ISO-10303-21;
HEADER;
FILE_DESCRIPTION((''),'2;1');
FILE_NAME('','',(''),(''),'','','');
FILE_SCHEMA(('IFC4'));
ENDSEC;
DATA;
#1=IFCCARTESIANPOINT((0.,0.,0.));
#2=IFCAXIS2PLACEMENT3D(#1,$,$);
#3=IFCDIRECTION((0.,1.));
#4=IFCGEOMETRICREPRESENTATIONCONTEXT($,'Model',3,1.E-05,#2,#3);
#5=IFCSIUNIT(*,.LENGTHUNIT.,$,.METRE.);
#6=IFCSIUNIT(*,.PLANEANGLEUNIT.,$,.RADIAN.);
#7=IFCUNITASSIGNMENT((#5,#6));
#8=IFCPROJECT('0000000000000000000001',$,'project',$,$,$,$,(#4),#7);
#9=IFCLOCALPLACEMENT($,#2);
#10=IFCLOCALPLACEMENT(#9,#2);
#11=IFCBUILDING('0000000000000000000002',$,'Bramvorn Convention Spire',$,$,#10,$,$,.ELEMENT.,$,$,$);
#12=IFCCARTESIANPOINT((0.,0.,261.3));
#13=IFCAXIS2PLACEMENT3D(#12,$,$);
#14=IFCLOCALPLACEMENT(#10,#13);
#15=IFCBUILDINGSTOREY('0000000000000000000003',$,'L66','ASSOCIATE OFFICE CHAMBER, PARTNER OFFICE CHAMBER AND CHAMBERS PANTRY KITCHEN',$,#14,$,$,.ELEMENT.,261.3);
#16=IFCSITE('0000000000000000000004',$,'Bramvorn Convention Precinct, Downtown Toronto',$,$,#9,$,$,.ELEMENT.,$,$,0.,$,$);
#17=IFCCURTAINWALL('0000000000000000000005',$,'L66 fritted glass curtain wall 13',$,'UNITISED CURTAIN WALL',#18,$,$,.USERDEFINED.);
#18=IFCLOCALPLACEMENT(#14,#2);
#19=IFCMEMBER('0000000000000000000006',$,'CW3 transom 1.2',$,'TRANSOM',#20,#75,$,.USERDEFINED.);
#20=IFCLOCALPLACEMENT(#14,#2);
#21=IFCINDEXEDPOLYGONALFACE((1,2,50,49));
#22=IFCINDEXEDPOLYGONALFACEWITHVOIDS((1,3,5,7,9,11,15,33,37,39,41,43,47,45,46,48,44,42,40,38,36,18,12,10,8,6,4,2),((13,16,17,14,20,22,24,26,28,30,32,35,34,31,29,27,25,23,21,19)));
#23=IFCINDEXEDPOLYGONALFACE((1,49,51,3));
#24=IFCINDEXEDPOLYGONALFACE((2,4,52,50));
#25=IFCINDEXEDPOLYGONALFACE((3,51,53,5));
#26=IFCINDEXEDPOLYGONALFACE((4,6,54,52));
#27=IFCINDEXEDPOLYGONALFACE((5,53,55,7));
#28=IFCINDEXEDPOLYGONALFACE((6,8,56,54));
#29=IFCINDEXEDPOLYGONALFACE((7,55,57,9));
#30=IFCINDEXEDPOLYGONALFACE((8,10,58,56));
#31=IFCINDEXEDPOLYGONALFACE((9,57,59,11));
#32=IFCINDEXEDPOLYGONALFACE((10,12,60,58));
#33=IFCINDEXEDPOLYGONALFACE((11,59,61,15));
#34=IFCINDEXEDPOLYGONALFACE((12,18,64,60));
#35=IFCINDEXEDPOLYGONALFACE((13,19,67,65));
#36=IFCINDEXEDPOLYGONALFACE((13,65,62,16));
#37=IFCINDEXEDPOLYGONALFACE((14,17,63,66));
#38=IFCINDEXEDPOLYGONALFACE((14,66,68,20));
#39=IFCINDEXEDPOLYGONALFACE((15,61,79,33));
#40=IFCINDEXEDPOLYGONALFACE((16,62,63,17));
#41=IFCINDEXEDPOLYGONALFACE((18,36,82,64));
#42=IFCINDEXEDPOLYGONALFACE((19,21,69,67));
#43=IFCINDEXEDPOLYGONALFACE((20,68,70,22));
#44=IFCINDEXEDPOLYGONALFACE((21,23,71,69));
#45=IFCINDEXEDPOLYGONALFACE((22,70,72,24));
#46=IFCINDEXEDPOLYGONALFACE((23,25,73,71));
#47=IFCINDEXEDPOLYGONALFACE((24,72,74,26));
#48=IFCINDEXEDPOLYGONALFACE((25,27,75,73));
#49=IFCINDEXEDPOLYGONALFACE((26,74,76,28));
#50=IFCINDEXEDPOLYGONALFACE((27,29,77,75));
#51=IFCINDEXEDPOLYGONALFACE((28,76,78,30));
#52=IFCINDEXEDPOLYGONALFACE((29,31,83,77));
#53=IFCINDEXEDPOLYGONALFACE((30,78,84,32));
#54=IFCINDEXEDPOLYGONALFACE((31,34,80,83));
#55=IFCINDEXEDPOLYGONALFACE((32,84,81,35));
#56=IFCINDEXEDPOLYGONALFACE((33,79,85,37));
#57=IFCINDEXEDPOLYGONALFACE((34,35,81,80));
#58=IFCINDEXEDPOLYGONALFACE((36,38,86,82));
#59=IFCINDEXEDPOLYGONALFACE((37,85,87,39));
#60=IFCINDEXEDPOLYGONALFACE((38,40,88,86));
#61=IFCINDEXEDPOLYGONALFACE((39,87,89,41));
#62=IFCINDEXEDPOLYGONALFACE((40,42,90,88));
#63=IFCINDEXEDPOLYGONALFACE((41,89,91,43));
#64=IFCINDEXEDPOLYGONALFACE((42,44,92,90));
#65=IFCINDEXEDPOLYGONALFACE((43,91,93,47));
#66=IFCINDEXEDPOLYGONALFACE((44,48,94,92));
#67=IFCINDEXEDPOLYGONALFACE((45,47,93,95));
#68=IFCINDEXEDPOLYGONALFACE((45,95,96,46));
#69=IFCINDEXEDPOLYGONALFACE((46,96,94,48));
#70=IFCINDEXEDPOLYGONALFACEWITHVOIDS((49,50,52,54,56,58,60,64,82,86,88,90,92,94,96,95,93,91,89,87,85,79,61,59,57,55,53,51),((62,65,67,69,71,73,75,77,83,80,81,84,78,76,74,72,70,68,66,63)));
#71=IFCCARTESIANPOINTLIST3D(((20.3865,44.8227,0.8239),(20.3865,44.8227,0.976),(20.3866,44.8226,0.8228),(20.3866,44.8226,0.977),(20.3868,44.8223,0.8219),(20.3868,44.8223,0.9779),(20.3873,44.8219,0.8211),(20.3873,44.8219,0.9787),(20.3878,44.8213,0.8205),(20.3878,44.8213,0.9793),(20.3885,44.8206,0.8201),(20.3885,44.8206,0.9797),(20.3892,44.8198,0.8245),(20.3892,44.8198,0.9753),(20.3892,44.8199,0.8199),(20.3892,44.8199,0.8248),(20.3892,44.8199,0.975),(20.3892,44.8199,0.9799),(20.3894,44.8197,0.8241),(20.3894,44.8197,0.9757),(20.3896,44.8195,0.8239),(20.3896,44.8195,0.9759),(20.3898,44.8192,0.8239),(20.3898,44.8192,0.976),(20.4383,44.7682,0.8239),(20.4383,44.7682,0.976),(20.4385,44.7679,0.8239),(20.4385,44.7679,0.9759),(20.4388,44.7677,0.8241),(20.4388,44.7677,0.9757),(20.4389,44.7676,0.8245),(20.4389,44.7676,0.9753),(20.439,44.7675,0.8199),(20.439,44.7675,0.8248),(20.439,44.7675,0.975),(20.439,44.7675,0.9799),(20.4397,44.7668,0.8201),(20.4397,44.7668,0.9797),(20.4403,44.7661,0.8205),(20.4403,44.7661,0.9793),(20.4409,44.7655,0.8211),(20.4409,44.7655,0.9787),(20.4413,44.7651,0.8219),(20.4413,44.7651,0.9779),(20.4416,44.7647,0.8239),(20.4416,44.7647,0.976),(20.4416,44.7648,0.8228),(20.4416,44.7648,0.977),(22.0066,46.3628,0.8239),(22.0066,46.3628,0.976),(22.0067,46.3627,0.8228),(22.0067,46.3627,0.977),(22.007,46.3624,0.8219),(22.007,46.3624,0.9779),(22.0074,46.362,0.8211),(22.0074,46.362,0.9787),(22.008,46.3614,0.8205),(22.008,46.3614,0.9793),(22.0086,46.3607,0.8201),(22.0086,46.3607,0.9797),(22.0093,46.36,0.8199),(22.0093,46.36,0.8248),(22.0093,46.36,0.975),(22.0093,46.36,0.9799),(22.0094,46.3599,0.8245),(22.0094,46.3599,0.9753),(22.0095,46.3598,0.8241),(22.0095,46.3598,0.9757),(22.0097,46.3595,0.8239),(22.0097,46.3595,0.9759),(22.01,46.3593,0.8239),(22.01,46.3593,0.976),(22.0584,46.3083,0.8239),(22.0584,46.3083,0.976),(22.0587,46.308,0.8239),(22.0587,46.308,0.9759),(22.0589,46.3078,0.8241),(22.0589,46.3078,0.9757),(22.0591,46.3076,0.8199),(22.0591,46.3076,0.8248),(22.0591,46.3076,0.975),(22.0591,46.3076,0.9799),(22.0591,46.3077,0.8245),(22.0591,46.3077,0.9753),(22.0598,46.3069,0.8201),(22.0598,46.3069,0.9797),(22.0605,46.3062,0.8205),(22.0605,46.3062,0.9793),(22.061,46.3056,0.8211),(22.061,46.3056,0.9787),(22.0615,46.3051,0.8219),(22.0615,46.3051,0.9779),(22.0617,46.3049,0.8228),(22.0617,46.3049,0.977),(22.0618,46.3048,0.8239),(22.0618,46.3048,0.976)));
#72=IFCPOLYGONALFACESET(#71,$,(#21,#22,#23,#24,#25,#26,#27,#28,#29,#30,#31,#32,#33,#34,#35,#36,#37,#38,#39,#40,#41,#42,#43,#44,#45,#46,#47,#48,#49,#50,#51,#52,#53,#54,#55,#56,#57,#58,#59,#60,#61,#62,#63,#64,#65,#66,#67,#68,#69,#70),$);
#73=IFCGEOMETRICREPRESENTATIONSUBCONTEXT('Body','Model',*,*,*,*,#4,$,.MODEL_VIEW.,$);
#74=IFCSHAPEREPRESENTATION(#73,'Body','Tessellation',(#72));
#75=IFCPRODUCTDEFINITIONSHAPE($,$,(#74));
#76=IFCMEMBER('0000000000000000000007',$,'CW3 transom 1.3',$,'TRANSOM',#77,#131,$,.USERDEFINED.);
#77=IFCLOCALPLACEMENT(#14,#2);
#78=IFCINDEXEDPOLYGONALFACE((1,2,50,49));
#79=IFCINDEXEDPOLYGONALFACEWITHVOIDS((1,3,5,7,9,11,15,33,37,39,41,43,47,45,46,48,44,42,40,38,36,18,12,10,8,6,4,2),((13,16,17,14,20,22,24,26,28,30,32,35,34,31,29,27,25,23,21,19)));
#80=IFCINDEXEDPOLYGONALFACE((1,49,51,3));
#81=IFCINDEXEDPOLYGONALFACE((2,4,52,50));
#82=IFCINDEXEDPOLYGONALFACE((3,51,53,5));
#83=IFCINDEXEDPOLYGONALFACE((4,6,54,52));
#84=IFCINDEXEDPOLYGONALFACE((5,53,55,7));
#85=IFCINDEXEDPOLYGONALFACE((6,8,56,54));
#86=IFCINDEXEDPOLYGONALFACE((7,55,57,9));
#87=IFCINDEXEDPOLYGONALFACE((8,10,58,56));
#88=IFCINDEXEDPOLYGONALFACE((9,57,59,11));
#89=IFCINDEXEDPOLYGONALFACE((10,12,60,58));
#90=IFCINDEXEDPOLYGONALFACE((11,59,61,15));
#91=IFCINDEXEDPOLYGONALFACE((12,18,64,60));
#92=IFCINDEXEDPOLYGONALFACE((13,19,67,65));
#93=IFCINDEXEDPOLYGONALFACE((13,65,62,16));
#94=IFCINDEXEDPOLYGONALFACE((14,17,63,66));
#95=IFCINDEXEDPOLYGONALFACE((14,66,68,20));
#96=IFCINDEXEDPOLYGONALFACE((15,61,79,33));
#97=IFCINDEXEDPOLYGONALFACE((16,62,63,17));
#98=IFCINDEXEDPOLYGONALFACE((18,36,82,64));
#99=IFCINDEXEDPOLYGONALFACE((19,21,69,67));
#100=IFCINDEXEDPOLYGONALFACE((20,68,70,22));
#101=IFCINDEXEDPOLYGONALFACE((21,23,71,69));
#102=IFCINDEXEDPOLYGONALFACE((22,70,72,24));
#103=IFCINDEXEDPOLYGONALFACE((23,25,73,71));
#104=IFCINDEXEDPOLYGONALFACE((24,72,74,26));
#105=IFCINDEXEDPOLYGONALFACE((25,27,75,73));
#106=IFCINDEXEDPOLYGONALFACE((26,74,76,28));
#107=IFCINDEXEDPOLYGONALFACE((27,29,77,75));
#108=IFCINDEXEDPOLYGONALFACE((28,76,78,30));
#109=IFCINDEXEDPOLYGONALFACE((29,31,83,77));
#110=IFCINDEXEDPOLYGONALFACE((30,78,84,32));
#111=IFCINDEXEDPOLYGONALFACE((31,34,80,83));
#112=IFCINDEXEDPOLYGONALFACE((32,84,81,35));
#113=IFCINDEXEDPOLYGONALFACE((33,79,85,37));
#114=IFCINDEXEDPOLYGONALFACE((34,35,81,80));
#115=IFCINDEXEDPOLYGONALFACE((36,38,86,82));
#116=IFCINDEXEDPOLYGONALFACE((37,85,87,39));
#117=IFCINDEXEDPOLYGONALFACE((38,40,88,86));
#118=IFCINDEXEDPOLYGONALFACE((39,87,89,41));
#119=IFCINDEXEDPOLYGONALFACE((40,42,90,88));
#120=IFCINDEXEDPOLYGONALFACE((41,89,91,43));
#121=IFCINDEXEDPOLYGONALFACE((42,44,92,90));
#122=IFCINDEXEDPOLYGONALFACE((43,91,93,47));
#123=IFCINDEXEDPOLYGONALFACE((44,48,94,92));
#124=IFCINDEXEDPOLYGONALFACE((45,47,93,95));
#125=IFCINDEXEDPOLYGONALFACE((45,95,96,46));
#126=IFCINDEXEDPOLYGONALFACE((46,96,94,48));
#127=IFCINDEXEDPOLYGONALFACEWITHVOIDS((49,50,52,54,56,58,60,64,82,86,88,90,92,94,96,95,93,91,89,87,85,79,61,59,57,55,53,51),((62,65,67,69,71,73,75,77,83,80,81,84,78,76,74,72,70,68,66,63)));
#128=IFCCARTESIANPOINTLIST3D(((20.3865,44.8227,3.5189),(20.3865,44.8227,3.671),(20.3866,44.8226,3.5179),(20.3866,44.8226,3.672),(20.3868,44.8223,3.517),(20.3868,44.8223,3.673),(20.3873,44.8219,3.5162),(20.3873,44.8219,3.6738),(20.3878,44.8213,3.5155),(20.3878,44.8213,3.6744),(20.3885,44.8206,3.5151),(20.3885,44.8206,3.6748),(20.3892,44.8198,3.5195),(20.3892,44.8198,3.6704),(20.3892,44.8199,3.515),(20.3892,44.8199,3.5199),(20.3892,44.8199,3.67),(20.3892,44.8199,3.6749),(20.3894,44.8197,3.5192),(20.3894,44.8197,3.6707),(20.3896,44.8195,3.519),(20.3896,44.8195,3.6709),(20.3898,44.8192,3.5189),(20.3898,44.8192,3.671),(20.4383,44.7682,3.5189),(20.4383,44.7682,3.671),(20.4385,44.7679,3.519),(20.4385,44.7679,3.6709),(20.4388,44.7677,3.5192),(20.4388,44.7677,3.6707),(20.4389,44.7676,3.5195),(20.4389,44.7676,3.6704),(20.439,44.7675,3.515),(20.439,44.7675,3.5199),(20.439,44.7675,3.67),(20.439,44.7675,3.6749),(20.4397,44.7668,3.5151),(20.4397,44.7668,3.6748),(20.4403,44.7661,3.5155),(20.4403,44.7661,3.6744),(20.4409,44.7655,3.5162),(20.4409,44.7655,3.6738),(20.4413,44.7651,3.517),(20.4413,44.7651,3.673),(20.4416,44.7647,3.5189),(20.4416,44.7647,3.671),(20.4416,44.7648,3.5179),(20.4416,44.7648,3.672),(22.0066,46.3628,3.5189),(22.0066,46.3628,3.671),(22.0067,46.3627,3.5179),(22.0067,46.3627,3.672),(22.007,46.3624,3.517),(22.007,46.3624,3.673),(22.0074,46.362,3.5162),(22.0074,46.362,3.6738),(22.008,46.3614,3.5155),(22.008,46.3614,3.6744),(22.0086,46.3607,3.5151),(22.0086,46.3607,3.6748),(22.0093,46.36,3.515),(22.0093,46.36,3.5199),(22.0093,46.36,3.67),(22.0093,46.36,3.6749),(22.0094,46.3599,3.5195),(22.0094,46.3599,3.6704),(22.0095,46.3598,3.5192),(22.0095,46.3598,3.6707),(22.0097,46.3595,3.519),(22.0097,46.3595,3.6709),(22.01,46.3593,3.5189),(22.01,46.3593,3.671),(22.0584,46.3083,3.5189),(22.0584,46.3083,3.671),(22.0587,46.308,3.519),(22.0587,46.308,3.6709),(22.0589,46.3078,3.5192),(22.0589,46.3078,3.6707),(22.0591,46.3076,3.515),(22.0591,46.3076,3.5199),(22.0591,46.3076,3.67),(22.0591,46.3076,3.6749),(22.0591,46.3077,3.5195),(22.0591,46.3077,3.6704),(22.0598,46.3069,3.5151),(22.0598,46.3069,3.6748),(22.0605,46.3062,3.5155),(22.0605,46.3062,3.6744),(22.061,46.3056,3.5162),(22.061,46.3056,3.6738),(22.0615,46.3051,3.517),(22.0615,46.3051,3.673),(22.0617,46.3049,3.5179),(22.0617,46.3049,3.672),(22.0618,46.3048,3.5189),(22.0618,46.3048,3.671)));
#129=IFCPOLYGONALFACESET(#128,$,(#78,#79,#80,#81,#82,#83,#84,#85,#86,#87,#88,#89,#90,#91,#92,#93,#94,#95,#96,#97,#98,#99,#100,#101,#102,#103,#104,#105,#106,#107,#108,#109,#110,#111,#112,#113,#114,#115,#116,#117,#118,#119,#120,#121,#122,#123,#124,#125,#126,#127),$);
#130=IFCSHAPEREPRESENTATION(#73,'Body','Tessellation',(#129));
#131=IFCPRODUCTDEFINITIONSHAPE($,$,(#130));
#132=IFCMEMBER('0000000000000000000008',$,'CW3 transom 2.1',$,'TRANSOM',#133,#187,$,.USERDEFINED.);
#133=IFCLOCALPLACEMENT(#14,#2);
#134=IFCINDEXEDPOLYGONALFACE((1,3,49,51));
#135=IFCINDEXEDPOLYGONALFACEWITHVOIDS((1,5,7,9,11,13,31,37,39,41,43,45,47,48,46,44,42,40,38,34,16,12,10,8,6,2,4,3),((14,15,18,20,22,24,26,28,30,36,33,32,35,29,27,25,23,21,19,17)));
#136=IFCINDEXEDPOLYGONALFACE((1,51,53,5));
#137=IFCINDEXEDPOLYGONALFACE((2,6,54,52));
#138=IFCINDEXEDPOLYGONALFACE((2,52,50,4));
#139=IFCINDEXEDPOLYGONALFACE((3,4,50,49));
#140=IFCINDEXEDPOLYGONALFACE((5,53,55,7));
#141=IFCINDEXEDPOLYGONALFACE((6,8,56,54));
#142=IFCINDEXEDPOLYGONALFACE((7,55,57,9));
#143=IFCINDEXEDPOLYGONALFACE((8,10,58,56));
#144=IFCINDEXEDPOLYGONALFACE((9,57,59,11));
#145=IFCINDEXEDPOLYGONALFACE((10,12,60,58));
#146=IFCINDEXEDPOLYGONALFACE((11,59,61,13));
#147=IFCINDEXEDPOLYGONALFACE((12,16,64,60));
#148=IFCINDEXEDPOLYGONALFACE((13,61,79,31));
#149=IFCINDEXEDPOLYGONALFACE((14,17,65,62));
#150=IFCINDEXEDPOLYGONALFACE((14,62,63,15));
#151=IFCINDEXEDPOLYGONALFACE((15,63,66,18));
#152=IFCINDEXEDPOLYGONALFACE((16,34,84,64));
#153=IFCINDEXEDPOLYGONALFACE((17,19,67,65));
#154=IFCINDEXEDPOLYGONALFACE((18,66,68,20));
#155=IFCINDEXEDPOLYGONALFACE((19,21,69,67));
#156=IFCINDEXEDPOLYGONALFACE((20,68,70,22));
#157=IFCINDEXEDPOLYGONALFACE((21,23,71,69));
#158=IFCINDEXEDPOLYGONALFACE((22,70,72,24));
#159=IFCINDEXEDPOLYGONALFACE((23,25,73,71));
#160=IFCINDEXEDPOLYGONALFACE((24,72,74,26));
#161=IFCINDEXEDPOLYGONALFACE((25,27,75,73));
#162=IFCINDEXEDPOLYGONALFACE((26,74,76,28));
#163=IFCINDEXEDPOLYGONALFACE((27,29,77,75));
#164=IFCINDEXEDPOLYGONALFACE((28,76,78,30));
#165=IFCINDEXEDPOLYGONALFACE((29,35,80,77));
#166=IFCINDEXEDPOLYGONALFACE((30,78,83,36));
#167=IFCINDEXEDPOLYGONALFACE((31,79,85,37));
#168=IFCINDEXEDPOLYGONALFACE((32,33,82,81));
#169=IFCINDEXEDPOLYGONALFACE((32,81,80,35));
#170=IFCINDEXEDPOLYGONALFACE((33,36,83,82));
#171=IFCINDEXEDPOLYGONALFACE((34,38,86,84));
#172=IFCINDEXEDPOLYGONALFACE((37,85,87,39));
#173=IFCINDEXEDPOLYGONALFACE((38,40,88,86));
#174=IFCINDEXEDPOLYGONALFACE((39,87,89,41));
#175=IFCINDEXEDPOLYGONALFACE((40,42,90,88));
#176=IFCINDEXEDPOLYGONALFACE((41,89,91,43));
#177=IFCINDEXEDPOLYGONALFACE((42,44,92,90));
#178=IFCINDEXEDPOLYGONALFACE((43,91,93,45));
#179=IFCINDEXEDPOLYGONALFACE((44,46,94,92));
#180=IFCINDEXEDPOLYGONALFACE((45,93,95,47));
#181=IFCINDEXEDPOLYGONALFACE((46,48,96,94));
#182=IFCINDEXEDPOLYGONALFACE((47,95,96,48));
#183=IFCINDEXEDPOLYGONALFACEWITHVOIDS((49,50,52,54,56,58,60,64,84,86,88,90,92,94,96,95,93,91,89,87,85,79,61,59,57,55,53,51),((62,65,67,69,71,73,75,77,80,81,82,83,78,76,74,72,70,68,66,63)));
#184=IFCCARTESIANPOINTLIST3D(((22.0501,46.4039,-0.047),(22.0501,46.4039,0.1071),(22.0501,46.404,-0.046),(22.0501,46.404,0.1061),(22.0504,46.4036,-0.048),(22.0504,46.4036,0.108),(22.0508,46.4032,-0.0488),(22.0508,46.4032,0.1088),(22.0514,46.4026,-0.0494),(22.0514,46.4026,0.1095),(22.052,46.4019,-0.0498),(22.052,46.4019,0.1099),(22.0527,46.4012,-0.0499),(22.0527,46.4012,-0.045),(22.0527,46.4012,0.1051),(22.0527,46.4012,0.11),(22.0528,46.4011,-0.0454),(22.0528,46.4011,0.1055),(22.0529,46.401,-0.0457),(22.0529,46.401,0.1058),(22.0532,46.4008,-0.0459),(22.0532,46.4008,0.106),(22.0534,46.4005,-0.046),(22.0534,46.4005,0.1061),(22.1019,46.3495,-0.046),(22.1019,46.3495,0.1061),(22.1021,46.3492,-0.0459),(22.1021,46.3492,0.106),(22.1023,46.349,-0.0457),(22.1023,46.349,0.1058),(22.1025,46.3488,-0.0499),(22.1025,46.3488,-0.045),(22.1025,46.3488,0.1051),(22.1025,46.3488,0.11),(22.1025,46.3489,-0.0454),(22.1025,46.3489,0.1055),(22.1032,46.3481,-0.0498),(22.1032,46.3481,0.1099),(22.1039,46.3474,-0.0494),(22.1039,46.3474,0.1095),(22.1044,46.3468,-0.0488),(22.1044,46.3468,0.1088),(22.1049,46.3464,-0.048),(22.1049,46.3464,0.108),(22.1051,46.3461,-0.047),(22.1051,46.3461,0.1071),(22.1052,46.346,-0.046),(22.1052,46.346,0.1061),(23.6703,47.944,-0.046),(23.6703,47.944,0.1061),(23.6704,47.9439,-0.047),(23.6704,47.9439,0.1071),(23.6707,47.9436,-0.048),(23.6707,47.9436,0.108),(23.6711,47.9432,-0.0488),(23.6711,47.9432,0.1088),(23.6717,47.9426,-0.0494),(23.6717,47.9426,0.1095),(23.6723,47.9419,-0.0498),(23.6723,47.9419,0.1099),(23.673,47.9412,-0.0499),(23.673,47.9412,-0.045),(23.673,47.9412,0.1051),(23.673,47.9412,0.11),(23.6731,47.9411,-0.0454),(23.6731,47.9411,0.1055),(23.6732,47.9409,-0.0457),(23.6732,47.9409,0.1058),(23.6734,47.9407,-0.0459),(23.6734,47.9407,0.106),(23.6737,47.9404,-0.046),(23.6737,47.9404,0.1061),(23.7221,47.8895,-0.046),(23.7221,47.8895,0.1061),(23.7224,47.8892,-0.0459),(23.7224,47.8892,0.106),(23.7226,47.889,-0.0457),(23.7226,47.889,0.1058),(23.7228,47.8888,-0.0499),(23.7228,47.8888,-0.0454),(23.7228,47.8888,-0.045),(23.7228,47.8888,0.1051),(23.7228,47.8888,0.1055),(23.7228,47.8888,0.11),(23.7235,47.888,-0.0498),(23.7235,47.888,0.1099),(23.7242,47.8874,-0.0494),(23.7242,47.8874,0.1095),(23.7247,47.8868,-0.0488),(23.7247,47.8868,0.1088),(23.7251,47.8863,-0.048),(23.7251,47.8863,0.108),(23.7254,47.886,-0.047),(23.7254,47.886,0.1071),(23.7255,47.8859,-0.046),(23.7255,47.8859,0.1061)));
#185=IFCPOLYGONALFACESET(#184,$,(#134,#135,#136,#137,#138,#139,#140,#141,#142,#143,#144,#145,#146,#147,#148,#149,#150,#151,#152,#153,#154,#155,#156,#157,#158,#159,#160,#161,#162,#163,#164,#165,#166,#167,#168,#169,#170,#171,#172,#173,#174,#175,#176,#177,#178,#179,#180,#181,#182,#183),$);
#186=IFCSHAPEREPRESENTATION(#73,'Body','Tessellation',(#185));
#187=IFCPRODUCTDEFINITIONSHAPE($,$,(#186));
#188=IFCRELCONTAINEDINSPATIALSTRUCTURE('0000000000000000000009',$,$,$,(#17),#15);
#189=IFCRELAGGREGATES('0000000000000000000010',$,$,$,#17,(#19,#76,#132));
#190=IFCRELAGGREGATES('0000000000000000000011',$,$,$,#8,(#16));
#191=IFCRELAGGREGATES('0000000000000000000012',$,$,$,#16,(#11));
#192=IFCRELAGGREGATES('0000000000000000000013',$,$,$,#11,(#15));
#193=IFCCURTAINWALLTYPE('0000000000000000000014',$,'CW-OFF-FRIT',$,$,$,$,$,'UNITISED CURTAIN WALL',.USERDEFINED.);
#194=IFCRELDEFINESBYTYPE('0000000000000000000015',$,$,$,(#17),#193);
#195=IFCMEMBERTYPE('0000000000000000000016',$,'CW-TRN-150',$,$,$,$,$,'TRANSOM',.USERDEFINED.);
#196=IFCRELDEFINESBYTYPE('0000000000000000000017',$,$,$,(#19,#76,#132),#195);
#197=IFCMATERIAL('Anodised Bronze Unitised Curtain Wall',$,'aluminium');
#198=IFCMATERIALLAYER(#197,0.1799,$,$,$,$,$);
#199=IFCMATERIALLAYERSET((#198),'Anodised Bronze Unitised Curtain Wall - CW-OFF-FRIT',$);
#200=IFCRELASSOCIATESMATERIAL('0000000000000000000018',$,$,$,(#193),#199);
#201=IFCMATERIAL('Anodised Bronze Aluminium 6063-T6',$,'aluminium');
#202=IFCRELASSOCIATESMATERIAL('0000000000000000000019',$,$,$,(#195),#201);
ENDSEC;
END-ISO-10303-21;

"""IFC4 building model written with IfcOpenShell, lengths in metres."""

from ifc_helpers import new_model, si_unit, direction, frame, origin, origin_2d, place, context, subcontext, project, spatial, hollow_rectangle, extrude, material, layer, layer_set, material_profile, profile_set, type_object, element, aggregate, save


model = new_model("IFC4")

# Units and contexts
model_context = context("Model", 3, precision=1e-05, world=origin(), true_north=direction((0.0, 1.0)))
body_context = subcontext(model_context, "Body", "Model", "MODEL_VIEW")
ifc_project = project(units=[si_unit("LENGTHUNIT", "METRE"), si_unit("PLANEANGLEUNIT", "RADIAN")], contexts=[model_context])

# Site, building, storey
site_placement = place(None, origin())
site = spatial("IfcSite", under=ifc_project, at=site_placement, Name="Bramvorn Convention Precinct, Downtown Toronto", CompositionType="ELEMENT", RefElevation=0.0)
building_placement = place(site_placement, origin())
building = spatial("IfcBuilding", under=site, at=building_placement, Name="Bramvorn Convention Spire", CompositionType="ELEMENT")
storey_placement = place(building_placement, frame((0.0, 0.0, 261.3)))
storey = spatial("IfcBuildingStorey", under=building, at=storey_placement, Name="L66", Description="ASSOCIATE OFFICE CHAMBER, PARTNER OFFICE CHAMBER AND CHAMBERS PANTRY KITCHEN", CompositionType="ELEMENT", Elevation=261.3)

# Curtain wall
ifc_material_1 = material(Name="Anodised Bronze Unitised Curtain Wall", Category="aluminium")
ifc_layer_1 = layer(ifc_material_1, 0.1799)
ifc_layer_set_1 = layer_set([ifc_layer_1], Name="Anodised Bronze Unitised Curtain Wall - CW-OFF-FRIT")
curtain_wall_type = type_object("IfcCurtainWallType", Name="CW-OFF-FRIT", ElementType="UNITISED CURTAIN WALL", PredefinedType="USERDEFINED", material=ifc_layer_set_1)
curtain_wall_1_placement = place(storey_placement, origin())
curtain_wall_1 = element("IfcCurtainWall", 1, at=curtain_wall_1_placement, inside=storey, type_object=curtain_wall_type, Name="L66 fritted glass curtain wall 13", ObjectType="UNITISED CURTAIN WALL", PredefinedType="USERDEFINED")
ifc_material_2 = material(Name="Anodised Bronze Aluminium 6063-T6", Category="aluminium")

# Members
ifc_material_profile_1 = material_profile(ifc_material_2, hollow_rectangle(XDim=0.0801, YDim=0.1599, WallThickness=0.0039, InnerFilletRadius=0.001, OuterFilletRadius=0.0039, at=origin_2d()))
ifc_profile_set_1 = profile_set([ifc_material_profile_1], Name="Anodised Bronze Aluminium 6063-T6 - CWT80X160")
member_type_1 = type_object("IfcMemberType", Name="CW-TRN-150", ElementType="TRANSOM", PredefinedType="USERDEFINED", material=ifc_profile_set_1)
member_1_placement = place(storey_placement, frame((20.4141, 44.7937, 0.8999), z_axis=(0.724792, 0.688968, 0.0), x_axis=(-0.688968, 0.724792, 0.0)))
member_1 = element("IfcMember", 2, at=member_1_placement, type_object=member_type_1, Name="CW3 transom 1.2", ObjectType="TRANSOM", PredefinedType="USERDEFINED", context=body_context, shape_type="SweptSolid", body=[
    extrude(hollow_rectangle(XDim=0.0801, YDim=0.1599, WallThickness=0.0039, InnerFilletRadius=0.001, OuterFilletRadius=0.0039, at=origin_2d()), origin(), (0.0, 0.0, 1.0), 2.2354),
])
member_2_placement = place(storey_placement, frame((20.4141, 44.7937, 3.595), z_axis=(0.724792, 0.688968, 0.0), x_axis=(-0.688968, 0.724792, 0.0)))
member_2 = element("IfcMember", 3, at=member_2_placement, type_object=member_type_1, Name="CW3 transom 1.3", ObjectType="TRANSOM", PredefinedType="USERDEFINED", context=body_context, shape_type="SweptSolid", body=[
    extrude(hollow_rectangle(XDim=0.0801, YDim=0.1599, WallThickness=0.0039, InnerFilletRadius=0.001, OuterFilletRadius=0.0039, at=origin_2d()), origin(), (0.0, 0.0, 1.0), 2.2354),
])
member_3_placement = place(storey_placement, frame((22.0776, 46.375, 0.03), z_axis=(0.724844, 0.688913, 0.0), x_axis=(-0.688913, 0.724844, 0.0)))
member_3 = element("IfcMember", 4, at=member_3_placement, type_object=member_type_1, Name="CW3 transom 2.1", ObjectType="TRANSOM", PredefinedType="USERDEFINED", context=body_context, shape_type="SweptSolid", body=[
    extrude(hollow_rectangle(XDim=0.0801, YDim=0.1599, WallThickness=0.0039, InnerFilletRadius=0.001, OuterFilletRadius=0.0039, at=origin_2d()), origin(), (0.0, 0.0, 1.0), 2.2354),
])

aggregate(curtain_wall_1, [member_1, member_2, member_3])

save(model, "model.ifc")
